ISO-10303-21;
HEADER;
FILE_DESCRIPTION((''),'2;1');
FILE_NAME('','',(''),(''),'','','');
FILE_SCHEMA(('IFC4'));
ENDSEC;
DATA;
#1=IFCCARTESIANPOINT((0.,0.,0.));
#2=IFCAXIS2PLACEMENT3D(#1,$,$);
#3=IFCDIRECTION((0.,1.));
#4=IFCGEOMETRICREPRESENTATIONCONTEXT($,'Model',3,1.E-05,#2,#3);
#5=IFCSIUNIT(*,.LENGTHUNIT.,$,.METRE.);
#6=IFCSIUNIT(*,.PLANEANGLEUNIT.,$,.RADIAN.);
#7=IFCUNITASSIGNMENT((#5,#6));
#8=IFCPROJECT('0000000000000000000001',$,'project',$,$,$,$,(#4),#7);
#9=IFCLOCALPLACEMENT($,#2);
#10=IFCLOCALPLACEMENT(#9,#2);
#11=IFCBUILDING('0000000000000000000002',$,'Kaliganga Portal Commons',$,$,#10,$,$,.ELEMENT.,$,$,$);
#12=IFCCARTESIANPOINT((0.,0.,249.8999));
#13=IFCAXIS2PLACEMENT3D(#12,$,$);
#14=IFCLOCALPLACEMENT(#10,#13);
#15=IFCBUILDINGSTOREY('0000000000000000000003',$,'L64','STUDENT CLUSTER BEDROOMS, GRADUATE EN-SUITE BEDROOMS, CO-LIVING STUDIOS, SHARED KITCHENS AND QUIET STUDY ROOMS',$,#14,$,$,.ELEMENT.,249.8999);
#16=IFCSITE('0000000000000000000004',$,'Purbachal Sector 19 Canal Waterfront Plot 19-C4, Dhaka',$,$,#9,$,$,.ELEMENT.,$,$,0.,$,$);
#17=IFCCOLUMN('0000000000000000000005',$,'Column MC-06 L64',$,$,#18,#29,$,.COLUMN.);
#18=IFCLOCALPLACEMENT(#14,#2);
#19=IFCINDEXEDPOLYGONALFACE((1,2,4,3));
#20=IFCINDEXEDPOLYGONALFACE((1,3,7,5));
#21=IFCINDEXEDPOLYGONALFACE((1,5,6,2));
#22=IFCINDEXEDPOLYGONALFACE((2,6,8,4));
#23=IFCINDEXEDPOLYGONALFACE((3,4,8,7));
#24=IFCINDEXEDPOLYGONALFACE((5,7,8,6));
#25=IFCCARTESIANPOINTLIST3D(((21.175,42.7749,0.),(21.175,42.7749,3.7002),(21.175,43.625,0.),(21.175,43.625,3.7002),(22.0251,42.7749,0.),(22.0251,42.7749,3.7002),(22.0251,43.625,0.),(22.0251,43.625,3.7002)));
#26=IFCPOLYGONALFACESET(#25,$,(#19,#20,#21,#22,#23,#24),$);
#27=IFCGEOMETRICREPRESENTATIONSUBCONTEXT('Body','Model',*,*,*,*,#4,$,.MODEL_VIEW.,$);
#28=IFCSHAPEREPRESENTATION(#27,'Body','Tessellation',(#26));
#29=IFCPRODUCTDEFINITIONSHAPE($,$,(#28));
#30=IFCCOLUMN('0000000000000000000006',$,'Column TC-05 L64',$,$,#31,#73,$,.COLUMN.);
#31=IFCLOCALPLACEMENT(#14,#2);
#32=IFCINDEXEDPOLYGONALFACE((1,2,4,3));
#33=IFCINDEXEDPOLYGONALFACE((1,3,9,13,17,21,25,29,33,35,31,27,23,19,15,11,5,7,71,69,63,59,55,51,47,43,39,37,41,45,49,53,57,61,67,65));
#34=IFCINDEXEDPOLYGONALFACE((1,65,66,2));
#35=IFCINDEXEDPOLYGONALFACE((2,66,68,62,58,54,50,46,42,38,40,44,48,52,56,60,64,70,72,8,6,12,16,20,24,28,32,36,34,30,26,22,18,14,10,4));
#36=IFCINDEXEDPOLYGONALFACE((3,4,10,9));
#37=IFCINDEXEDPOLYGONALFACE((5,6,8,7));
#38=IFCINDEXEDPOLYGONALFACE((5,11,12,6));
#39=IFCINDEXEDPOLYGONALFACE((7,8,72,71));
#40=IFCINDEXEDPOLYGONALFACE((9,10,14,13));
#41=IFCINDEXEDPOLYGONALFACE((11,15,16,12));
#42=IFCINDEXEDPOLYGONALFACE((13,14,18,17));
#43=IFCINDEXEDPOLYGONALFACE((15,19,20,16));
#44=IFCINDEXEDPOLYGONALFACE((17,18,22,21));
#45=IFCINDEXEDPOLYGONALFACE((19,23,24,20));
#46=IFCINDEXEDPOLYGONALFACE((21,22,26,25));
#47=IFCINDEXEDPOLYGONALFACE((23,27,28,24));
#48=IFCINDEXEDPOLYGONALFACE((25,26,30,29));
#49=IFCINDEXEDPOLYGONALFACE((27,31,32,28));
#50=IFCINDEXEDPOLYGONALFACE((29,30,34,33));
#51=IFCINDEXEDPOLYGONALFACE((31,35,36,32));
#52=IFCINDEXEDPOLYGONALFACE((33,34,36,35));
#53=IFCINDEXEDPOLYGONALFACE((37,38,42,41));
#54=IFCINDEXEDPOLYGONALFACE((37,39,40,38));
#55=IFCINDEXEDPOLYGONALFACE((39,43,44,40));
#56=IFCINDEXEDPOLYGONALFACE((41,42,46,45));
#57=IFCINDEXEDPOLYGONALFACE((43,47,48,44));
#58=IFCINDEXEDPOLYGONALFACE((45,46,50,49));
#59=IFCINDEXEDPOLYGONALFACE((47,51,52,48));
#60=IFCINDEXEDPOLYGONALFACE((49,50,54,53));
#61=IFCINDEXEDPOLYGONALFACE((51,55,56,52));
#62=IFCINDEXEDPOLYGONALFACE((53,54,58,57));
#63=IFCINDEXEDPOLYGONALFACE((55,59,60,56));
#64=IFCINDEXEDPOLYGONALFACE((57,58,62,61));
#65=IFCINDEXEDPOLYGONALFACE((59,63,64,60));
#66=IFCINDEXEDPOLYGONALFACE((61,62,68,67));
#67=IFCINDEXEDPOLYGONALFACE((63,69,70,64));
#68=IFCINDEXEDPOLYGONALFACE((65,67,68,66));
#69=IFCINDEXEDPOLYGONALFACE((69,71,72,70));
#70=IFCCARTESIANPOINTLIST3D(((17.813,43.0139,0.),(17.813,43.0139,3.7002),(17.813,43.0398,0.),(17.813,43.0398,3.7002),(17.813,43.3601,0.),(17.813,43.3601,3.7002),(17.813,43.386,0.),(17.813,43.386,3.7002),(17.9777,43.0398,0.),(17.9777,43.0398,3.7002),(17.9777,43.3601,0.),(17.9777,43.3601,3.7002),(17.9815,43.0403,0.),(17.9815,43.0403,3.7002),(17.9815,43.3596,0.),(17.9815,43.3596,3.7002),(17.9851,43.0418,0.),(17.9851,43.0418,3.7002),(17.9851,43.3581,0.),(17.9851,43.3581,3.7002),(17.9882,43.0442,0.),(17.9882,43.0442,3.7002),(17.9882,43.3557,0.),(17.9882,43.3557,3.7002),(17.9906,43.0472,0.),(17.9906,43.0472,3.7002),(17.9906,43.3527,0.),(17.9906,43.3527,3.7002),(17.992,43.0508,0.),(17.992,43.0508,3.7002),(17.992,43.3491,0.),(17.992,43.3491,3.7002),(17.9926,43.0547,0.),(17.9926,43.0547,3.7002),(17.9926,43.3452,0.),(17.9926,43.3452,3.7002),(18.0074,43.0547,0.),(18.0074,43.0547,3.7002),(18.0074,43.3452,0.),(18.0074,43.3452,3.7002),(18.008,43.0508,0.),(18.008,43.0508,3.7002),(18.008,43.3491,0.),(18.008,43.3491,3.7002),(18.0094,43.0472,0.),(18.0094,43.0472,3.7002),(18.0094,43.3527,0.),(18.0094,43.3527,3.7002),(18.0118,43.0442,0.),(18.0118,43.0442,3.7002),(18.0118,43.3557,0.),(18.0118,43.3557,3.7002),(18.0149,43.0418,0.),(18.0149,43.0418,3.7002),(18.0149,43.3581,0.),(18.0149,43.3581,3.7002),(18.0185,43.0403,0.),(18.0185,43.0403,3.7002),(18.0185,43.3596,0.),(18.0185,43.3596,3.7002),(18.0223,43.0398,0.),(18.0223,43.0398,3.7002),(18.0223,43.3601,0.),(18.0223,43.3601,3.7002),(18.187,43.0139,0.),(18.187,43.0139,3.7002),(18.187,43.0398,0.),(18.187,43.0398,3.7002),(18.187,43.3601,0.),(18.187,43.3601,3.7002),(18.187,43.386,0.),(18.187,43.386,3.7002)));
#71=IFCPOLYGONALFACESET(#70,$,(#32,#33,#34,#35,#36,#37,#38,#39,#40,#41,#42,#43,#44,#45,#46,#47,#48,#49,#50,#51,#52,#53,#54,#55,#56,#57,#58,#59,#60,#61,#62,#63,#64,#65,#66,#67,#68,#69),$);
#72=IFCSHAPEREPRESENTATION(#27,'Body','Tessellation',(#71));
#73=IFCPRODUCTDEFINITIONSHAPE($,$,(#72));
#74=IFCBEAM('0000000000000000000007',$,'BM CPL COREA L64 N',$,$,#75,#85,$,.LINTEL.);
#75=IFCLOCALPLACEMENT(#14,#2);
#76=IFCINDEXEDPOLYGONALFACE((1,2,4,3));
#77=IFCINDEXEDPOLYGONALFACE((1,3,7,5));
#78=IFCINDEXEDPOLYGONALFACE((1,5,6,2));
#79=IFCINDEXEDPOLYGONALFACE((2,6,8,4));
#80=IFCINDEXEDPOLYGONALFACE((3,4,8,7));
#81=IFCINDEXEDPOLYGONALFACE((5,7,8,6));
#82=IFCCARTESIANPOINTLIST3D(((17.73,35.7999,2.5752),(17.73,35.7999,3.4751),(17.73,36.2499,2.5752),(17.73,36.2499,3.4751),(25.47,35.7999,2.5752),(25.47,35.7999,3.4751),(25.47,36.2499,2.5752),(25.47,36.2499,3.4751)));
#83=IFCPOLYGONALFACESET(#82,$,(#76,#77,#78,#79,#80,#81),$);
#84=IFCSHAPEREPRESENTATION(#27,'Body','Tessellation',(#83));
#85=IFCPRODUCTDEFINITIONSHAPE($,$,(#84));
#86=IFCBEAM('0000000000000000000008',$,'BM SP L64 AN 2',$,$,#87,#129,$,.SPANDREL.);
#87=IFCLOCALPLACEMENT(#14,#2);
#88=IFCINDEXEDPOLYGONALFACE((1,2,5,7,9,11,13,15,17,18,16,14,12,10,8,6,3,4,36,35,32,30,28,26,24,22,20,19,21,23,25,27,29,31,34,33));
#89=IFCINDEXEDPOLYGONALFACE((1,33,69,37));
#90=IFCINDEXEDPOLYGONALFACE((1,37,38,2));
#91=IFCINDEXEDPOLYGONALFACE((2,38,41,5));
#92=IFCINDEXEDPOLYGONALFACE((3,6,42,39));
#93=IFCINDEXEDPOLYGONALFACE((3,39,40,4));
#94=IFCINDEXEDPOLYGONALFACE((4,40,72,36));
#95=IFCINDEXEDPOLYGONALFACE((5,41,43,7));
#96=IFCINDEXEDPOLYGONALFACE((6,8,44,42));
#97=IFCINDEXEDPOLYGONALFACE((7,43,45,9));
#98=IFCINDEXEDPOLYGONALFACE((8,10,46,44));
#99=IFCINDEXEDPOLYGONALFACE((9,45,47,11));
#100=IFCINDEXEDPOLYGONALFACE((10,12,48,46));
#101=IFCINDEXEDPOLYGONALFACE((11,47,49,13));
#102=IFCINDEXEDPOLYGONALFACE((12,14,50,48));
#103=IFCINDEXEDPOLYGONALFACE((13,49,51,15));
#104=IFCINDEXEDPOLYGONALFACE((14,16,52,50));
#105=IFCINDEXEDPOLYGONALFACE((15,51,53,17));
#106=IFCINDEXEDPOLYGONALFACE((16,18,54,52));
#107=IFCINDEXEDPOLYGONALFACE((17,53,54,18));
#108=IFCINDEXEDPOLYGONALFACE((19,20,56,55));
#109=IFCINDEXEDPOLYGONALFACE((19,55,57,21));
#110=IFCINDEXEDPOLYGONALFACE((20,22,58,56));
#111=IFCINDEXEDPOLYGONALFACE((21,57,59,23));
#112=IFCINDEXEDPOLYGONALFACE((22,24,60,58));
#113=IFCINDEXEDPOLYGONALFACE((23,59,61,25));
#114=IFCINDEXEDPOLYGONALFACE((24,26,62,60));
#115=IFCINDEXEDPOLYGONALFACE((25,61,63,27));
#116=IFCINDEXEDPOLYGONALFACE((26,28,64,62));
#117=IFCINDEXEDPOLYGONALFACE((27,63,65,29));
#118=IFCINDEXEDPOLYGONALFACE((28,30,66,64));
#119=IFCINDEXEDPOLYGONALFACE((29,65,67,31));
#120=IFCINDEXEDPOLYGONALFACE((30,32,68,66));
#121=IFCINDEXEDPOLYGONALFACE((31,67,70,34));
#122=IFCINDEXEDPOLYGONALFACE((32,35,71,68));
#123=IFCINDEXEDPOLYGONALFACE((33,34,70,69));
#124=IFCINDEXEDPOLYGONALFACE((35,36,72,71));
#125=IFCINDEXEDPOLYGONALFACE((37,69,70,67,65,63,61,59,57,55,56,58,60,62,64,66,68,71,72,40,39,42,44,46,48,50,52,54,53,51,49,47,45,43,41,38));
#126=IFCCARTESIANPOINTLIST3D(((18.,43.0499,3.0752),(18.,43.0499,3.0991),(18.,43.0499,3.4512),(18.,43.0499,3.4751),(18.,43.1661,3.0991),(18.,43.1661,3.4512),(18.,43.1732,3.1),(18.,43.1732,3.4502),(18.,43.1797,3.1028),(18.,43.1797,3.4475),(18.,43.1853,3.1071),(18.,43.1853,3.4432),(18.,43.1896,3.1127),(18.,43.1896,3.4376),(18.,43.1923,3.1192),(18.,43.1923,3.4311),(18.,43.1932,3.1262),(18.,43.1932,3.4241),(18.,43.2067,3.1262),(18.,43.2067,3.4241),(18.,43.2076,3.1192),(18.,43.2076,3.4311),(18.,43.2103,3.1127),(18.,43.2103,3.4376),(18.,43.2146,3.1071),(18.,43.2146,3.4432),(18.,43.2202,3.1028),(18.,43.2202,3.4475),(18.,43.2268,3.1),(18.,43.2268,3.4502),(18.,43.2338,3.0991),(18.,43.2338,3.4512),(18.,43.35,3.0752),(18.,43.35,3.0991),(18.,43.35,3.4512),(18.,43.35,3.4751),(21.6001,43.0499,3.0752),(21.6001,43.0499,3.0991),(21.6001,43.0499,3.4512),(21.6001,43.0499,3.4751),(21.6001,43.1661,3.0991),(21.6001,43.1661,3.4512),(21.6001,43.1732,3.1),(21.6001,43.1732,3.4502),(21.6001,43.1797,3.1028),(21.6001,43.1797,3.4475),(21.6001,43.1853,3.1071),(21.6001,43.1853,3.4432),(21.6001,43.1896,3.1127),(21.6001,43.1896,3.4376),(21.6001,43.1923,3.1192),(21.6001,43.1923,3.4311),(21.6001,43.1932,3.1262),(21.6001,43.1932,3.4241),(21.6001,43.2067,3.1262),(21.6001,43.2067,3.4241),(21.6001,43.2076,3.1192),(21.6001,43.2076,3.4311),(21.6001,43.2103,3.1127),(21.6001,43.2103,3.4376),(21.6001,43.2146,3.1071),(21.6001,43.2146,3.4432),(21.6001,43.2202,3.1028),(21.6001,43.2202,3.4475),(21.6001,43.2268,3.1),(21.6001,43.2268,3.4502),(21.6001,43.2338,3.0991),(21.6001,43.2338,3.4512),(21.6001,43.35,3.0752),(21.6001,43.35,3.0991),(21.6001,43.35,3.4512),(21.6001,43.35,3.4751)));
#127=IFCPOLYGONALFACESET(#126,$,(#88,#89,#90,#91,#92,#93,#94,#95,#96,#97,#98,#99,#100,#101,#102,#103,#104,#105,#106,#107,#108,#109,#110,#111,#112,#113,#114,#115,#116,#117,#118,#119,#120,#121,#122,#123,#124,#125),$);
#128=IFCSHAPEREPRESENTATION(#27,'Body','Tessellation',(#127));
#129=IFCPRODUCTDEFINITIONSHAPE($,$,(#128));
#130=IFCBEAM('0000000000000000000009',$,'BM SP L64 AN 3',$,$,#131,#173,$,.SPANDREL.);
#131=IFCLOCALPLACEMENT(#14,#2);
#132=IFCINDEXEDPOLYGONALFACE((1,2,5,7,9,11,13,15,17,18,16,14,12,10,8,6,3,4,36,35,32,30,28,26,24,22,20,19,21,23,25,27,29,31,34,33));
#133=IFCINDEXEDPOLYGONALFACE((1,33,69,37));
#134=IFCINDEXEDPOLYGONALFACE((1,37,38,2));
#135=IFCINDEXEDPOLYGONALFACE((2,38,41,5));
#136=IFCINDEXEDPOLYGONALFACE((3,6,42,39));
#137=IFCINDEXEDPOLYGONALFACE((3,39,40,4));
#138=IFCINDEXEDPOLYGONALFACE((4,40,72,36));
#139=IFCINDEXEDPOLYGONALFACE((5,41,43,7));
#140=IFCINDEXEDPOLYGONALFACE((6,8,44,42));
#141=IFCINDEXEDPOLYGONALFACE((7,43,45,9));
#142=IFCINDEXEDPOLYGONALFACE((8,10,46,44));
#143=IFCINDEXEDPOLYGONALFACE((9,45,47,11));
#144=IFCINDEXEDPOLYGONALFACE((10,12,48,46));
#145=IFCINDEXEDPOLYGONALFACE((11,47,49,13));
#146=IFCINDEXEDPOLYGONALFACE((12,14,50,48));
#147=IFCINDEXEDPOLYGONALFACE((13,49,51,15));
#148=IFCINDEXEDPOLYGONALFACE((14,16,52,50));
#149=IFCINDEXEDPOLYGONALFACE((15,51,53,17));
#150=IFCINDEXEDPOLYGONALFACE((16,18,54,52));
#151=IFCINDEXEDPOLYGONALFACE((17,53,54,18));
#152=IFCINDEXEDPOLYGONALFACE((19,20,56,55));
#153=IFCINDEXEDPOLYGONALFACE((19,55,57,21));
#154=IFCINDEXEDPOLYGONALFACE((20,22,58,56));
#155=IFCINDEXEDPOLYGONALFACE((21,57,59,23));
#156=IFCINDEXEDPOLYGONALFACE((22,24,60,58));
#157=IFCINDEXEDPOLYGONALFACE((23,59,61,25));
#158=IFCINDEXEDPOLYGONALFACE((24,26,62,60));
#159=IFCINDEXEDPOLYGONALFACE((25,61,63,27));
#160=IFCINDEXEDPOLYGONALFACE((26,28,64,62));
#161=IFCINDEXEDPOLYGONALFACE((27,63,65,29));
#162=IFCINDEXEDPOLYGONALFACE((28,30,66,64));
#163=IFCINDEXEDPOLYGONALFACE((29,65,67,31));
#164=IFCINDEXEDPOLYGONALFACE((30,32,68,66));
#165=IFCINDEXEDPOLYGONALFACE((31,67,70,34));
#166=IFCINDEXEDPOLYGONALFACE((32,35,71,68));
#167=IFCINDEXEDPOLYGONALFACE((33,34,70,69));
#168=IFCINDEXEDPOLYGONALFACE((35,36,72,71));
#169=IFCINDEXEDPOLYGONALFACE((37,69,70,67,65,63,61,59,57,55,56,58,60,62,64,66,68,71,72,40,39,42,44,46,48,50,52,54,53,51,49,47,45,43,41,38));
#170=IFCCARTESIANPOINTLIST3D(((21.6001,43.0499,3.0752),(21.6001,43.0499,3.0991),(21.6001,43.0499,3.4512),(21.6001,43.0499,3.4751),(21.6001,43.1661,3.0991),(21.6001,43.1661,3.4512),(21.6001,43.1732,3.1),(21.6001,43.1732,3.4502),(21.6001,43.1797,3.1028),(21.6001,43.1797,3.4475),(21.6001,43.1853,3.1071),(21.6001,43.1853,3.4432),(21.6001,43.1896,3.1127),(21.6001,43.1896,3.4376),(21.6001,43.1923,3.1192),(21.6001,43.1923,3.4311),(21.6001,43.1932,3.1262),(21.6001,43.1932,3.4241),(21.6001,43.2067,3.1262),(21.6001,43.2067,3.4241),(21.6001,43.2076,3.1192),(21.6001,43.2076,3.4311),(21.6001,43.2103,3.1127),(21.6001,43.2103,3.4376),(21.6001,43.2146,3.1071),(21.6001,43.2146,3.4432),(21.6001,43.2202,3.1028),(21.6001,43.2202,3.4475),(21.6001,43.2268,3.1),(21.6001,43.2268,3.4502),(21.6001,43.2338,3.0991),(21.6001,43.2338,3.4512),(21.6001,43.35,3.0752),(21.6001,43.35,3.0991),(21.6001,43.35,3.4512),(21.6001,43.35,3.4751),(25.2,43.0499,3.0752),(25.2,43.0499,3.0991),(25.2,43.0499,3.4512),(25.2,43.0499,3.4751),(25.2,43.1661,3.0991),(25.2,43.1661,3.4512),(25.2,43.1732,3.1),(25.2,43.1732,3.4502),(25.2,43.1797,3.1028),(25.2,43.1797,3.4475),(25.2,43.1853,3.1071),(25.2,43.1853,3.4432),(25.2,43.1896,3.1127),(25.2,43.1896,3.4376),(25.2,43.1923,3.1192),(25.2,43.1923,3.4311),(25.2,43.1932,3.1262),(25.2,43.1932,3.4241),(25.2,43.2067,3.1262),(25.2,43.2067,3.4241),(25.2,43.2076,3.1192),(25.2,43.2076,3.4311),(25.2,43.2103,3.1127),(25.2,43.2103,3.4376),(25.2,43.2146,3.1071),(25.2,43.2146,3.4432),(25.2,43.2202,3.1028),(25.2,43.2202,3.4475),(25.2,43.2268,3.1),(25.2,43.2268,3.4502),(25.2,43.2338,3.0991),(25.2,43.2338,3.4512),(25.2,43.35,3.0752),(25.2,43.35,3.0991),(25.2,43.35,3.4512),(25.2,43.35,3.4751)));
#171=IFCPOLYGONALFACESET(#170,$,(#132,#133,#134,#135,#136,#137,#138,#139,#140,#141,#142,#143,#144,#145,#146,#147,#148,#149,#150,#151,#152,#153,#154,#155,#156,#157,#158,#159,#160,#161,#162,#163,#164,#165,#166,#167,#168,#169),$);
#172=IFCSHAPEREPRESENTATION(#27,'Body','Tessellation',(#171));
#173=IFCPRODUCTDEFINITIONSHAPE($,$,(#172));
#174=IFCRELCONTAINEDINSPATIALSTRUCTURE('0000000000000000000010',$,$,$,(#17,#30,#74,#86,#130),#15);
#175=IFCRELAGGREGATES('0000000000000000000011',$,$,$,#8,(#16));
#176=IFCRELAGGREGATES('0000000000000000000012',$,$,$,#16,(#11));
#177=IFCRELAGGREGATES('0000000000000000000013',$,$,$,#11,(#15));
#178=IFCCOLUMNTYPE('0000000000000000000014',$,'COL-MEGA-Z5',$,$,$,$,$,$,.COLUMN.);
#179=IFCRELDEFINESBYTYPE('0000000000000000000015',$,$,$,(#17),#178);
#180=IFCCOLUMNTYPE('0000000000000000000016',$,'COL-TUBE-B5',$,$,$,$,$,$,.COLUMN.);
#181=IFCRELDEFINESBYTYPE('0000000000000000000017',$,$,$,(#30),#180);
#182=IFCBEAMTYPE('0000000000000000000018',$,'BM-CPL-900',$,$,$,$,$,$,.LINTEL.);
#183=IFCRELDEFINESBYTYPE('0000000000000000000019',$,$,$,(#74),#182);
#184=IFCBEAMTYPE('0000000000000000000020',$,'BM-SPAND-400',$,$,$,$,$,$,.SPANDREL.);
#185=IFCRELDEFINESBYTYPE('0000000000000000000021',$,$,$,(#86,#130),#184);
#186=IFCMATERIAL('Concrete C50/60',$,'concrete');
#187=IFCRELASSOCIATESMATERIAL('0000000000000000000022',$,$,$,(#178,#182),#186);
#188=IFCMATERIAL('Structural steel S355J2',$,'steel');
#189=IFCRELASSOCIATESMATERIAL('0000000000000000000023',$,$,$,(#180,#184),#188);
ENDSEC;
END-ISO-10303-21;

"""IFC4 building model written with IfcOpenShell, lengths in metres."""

from ifc_helpers import new_model, si_unit, direction, frame, origin, origin_2d, place, context, subcontext, project, spatial, rectangle, i_section, extrude, source, transform, mapped, material, material_profile, profile_set, type_object, element, save


model = new_model("IFC4")

# Units and contexts
model_context = context("Model", 3, precision=1e-05, world=origin(), true_north=direction((0.0, 1.0)))
body_context = subcontext(model_context, "Body", "Model", "MODEL_VIEW")
ifc_project = project(units=[si_unit("LENGTHUNIT", "METRE"), si_unit("PLANEANGLEUNIT", "RADIAN")], contexts=[model_context])

# Site, building, storey
site_placement = place(None, origin())
site = spatial("IfcSite", under=ifc_project, at=site_placement, Name="Purbachal Sector 19 Canal Waterfront Plot 19-C4, Dhaka", CompositionType="ELEMENT", RefElevation=0.0)
building_placement = place(site_placement, origin())
building = spatial("IfcBuilding", under=site, at=building_placement, Name="Kaliganga Portal Commons", CompositionType="ELEMENT")
storey_placement = place(building_placement, frame((0.0, 0.0, 249.8999)))
storey = spatial("IfcBuildingStorey", under=building, at=storey_placement, Name="L64", Description="STUDENT CLUSTER BEDROOMS, GRADUATE EN-SUITE BEDROOMS, CO-LIVING STUDIOS, SHARED KITCHENS AND QUIET STUDY ROOMS", CompositionType="ELEMENT", Elevation=249.8999)

# Columns
ifc_material_1 = material(Name="Concrete C50/60", Category="concrete")
ifc_material_profile_1 = material_profile(ifc_material_1, rectangle(XDim=0.8501, YDim=0.8501, at=origin_2d()), Name="RC 850x850")
ifc_profile_set_1 = profile_set([ifc_material_profile_1], Name="Concrete C50/60")
column_type_1 = type_object("IfcColumnType", Name="COL-MEGA-Z5", PredefinedType="COLUMN", material=ifc_profile_set_1)
shared_shape_1 = source(origin(), body_context, "Body", "SweptSolid", [
    extrude(rectangle(XDim=0.8501, YDim=0.8501, at=origin_2d()), origin(), (0.0, 0.0, 1.0), 3.7002),
])
column_1_placement = place(storey_placement, frame((21.6001, 43.2, 0.0), z_axis=(0.0, 0.0, 1.0), x_axis=(1.0, 0.0, 0.0)))
element("IfcColumn", 1, at=column_1_placement, inside=storey, type_object=column_type_1, Name="Column MC-06 L64", PredefinedType="COLUMN", context=body_context, shape_type="MappedRepresentation", body=[
    mapped(shared_shape_1, transform((0.0, 0.0, 0.0), x_axis=(1.0, 0.0, 0.0), y_axis=(0.0, 1.0, 0.0), z_axis=(0.0, 0.0, 1.0), scale=1.0)),
])
ifc_material_2 = material(Name="Structural steel S355J2", Category="steel")
ifc_material_profile_2 = material_profile(ifc_material_2, i_section(OverallWidth=0.374, OverallDepth=0.3721, WebThickness=0.0149, FlangeThickness=0.0259, FilletRadius=0.0149, at=origin_2d()), Name="HD 360x196")
ifc_profile_set_2 = profile_set([ifc_material_profile_2], Name="Structural steel S355J2 wide-flange")
column_type_2 = type_object("IfcColumnType", Name="COL-TUBE-B5", PredefinedType="COLUMN", material=ifc_profile_set_2)
shared_shape_2 = source(origin(), body_context, "Body", "SweptSolid", [
    extrude(i_section(OverallWidth=0.374, OverallDepth=0.3721, WebThickness=0.0149, FlangeThickness=0.0259, FilletRadius=0.0149, at=origin_2d()), origin(), (0.0, 0.0, 1.0), 3.7002),
])
column_2_placement = place(storey_placement, frame((18.0, 43.2, 0.0), z_axis=(0.0, 0.0, 1.0), x_axis=(1.0, 0.0, 0.0)))
element("IfcColumn", 2, at=column_2_placement, inside=storey, type_object=column_type_2, Name="Column TC-05 L64", PredefinedType="COLUMN", context=body_context, shape_type="MappedRepresentation", body=[
    mapped(shared_shape_2, transform((0.0, 0.0, 0.0), x_axis=(1.0, 0.0, 0.0), y_axis=(0.0, 1.0, 0.0), z_axis=(0.0, 0.0, 1.0), scale=1.0)),
])

# Beams
ifc_material_profile_3 = material_profile(ifc_material_1, rectangle(XDim=0.45, YDim=0.8999, at=origin_2d()), Name="RC 450x900")
ifc_profile_set_3 = profile_set([ifc_material_profile_3], Name="Concrete C50/60")
beam_type_1 = type_object("IfcBeamType", Name="BM-CPL-900", PredefinedType="LINTEL", material=ifc_profile_set_3)
shared_shape_3 = source(origin(), body_context, "Body", "SweptSolid", [
    extrude(rectangle(XDim=0.45, YDim=0.8999, at=origin_2d()), origin(), (0.0, 0.0, 1.0), 7.74),
])
beam_1_placement = place(storey_placement, frame((17.73, 36.0249, 3.0251), z_axis=(1.0, 0.0, 0.0), x_axis=(0.0, 1.0, 0.0)))
element("IfcBeam", 3, at=beam_1_placement, inside=storey, type_object=beam_type_1, Name="BM CPL COREA L64 N", PredefinedType="LINTEL", context=body_context, shape_type="MappedRepresentation", body=[
    mapped(shared_shape_3, transform((0.0, 0.0, 0.0), x_axis=(1.0, 0.0, 0.0), y_axis=(0.0, 1.0, 0.0), z_axis=(0.0, 0.0, 1.0), scale=1.0)),
])
ifc_material_profile_4 = material_profile(ifc_material_2, i_section(OverallWidth=0.3, OverallDepth=0.3999, WebThickness=0.0134, FlangeThickness=0.0239, FilletRadius=0.0271, at=origin_2d()), Name="HE 400 B")
ifc_profile_set_4 = profile_set([ifc_material_profile_4], Name="Structural steel S355J2 wide-flange")
beam_type_2 = type_object("IfcBeamType", Name="BM-SPAND-400", PredefinedType="SPANDREL", material=ifc_profile_set_4)
shared_shape_4 = source(origin(), body_context, "Body", "SweptSolid", [
    extrude(i_section(OverallWidth=0.3, OverallDepth=0.3999, WebThickness=0.0134, FlangeThickness=0.0239, FilletRadius=0.0271, at=origin_2d()), origin(), (0.0, 0.0, 1.0), 3.6001),
])
beam_2_placement = place(storey_placement, frame((18.0, 43.2, 3.2751), z_axis=(1.0, 0.0, 0.0), x_axis=(0.0, 1.0, 0.0)))
element("IfcBeam", 4, at=beam_2_placement, inside=storey, type_object=beam_type_2, Name="BM SP L64 AN 2", PredefinedType="SPANDREL", context=body_context, shape_type="MappedRepresentation", body=[
    mapped(shared_shape_4, transform((0.0, 0.0, 0.0), x_axis=(1.0, 0.0, 0.0), y_axis=(0.0, 1.0, 0.0), z_axis=(0.0, 0.0, 1.0), scale=1.0)),
])
shared_shape_5 = source(origin(), body_context, "Body", "SweptSolid", [
    extrude(i_section(OverallWidth=0.3, OverallDepth=0.3999, WebThickness=0.0134, FlangeThickness=0.0239, FilletRadius=0.0271, at=origin_2d()), origin(), (0.0, 0.0, 1.0), 3.5999),
])
beam_3_placement = place(storey_placement, frame((21.6001, 43.2, 3.2751), z_axis=(1.0, 0.0, 0.0), x_axis=(0.0, 1.0, 0.0)))
element("IfcBeam", 5, at=beam_3_placement, inside=storey, type_object=beam_type_2, Name="BM SP L64 AN 3", PredefinedType="SPANDREL", context=body_context, shape_type="MappedRepresentation", body=[
    mapped(shared_shape_5, transform((0.0, 0.0, 0.0), x_axis=(1.0, 0.0, 0.0), y_axis=(0.0, 1.0, 0.0), z_axis=(0.0, 0.0, 1.0), scale=1.0)),
])

save(model, "model.ifc")
